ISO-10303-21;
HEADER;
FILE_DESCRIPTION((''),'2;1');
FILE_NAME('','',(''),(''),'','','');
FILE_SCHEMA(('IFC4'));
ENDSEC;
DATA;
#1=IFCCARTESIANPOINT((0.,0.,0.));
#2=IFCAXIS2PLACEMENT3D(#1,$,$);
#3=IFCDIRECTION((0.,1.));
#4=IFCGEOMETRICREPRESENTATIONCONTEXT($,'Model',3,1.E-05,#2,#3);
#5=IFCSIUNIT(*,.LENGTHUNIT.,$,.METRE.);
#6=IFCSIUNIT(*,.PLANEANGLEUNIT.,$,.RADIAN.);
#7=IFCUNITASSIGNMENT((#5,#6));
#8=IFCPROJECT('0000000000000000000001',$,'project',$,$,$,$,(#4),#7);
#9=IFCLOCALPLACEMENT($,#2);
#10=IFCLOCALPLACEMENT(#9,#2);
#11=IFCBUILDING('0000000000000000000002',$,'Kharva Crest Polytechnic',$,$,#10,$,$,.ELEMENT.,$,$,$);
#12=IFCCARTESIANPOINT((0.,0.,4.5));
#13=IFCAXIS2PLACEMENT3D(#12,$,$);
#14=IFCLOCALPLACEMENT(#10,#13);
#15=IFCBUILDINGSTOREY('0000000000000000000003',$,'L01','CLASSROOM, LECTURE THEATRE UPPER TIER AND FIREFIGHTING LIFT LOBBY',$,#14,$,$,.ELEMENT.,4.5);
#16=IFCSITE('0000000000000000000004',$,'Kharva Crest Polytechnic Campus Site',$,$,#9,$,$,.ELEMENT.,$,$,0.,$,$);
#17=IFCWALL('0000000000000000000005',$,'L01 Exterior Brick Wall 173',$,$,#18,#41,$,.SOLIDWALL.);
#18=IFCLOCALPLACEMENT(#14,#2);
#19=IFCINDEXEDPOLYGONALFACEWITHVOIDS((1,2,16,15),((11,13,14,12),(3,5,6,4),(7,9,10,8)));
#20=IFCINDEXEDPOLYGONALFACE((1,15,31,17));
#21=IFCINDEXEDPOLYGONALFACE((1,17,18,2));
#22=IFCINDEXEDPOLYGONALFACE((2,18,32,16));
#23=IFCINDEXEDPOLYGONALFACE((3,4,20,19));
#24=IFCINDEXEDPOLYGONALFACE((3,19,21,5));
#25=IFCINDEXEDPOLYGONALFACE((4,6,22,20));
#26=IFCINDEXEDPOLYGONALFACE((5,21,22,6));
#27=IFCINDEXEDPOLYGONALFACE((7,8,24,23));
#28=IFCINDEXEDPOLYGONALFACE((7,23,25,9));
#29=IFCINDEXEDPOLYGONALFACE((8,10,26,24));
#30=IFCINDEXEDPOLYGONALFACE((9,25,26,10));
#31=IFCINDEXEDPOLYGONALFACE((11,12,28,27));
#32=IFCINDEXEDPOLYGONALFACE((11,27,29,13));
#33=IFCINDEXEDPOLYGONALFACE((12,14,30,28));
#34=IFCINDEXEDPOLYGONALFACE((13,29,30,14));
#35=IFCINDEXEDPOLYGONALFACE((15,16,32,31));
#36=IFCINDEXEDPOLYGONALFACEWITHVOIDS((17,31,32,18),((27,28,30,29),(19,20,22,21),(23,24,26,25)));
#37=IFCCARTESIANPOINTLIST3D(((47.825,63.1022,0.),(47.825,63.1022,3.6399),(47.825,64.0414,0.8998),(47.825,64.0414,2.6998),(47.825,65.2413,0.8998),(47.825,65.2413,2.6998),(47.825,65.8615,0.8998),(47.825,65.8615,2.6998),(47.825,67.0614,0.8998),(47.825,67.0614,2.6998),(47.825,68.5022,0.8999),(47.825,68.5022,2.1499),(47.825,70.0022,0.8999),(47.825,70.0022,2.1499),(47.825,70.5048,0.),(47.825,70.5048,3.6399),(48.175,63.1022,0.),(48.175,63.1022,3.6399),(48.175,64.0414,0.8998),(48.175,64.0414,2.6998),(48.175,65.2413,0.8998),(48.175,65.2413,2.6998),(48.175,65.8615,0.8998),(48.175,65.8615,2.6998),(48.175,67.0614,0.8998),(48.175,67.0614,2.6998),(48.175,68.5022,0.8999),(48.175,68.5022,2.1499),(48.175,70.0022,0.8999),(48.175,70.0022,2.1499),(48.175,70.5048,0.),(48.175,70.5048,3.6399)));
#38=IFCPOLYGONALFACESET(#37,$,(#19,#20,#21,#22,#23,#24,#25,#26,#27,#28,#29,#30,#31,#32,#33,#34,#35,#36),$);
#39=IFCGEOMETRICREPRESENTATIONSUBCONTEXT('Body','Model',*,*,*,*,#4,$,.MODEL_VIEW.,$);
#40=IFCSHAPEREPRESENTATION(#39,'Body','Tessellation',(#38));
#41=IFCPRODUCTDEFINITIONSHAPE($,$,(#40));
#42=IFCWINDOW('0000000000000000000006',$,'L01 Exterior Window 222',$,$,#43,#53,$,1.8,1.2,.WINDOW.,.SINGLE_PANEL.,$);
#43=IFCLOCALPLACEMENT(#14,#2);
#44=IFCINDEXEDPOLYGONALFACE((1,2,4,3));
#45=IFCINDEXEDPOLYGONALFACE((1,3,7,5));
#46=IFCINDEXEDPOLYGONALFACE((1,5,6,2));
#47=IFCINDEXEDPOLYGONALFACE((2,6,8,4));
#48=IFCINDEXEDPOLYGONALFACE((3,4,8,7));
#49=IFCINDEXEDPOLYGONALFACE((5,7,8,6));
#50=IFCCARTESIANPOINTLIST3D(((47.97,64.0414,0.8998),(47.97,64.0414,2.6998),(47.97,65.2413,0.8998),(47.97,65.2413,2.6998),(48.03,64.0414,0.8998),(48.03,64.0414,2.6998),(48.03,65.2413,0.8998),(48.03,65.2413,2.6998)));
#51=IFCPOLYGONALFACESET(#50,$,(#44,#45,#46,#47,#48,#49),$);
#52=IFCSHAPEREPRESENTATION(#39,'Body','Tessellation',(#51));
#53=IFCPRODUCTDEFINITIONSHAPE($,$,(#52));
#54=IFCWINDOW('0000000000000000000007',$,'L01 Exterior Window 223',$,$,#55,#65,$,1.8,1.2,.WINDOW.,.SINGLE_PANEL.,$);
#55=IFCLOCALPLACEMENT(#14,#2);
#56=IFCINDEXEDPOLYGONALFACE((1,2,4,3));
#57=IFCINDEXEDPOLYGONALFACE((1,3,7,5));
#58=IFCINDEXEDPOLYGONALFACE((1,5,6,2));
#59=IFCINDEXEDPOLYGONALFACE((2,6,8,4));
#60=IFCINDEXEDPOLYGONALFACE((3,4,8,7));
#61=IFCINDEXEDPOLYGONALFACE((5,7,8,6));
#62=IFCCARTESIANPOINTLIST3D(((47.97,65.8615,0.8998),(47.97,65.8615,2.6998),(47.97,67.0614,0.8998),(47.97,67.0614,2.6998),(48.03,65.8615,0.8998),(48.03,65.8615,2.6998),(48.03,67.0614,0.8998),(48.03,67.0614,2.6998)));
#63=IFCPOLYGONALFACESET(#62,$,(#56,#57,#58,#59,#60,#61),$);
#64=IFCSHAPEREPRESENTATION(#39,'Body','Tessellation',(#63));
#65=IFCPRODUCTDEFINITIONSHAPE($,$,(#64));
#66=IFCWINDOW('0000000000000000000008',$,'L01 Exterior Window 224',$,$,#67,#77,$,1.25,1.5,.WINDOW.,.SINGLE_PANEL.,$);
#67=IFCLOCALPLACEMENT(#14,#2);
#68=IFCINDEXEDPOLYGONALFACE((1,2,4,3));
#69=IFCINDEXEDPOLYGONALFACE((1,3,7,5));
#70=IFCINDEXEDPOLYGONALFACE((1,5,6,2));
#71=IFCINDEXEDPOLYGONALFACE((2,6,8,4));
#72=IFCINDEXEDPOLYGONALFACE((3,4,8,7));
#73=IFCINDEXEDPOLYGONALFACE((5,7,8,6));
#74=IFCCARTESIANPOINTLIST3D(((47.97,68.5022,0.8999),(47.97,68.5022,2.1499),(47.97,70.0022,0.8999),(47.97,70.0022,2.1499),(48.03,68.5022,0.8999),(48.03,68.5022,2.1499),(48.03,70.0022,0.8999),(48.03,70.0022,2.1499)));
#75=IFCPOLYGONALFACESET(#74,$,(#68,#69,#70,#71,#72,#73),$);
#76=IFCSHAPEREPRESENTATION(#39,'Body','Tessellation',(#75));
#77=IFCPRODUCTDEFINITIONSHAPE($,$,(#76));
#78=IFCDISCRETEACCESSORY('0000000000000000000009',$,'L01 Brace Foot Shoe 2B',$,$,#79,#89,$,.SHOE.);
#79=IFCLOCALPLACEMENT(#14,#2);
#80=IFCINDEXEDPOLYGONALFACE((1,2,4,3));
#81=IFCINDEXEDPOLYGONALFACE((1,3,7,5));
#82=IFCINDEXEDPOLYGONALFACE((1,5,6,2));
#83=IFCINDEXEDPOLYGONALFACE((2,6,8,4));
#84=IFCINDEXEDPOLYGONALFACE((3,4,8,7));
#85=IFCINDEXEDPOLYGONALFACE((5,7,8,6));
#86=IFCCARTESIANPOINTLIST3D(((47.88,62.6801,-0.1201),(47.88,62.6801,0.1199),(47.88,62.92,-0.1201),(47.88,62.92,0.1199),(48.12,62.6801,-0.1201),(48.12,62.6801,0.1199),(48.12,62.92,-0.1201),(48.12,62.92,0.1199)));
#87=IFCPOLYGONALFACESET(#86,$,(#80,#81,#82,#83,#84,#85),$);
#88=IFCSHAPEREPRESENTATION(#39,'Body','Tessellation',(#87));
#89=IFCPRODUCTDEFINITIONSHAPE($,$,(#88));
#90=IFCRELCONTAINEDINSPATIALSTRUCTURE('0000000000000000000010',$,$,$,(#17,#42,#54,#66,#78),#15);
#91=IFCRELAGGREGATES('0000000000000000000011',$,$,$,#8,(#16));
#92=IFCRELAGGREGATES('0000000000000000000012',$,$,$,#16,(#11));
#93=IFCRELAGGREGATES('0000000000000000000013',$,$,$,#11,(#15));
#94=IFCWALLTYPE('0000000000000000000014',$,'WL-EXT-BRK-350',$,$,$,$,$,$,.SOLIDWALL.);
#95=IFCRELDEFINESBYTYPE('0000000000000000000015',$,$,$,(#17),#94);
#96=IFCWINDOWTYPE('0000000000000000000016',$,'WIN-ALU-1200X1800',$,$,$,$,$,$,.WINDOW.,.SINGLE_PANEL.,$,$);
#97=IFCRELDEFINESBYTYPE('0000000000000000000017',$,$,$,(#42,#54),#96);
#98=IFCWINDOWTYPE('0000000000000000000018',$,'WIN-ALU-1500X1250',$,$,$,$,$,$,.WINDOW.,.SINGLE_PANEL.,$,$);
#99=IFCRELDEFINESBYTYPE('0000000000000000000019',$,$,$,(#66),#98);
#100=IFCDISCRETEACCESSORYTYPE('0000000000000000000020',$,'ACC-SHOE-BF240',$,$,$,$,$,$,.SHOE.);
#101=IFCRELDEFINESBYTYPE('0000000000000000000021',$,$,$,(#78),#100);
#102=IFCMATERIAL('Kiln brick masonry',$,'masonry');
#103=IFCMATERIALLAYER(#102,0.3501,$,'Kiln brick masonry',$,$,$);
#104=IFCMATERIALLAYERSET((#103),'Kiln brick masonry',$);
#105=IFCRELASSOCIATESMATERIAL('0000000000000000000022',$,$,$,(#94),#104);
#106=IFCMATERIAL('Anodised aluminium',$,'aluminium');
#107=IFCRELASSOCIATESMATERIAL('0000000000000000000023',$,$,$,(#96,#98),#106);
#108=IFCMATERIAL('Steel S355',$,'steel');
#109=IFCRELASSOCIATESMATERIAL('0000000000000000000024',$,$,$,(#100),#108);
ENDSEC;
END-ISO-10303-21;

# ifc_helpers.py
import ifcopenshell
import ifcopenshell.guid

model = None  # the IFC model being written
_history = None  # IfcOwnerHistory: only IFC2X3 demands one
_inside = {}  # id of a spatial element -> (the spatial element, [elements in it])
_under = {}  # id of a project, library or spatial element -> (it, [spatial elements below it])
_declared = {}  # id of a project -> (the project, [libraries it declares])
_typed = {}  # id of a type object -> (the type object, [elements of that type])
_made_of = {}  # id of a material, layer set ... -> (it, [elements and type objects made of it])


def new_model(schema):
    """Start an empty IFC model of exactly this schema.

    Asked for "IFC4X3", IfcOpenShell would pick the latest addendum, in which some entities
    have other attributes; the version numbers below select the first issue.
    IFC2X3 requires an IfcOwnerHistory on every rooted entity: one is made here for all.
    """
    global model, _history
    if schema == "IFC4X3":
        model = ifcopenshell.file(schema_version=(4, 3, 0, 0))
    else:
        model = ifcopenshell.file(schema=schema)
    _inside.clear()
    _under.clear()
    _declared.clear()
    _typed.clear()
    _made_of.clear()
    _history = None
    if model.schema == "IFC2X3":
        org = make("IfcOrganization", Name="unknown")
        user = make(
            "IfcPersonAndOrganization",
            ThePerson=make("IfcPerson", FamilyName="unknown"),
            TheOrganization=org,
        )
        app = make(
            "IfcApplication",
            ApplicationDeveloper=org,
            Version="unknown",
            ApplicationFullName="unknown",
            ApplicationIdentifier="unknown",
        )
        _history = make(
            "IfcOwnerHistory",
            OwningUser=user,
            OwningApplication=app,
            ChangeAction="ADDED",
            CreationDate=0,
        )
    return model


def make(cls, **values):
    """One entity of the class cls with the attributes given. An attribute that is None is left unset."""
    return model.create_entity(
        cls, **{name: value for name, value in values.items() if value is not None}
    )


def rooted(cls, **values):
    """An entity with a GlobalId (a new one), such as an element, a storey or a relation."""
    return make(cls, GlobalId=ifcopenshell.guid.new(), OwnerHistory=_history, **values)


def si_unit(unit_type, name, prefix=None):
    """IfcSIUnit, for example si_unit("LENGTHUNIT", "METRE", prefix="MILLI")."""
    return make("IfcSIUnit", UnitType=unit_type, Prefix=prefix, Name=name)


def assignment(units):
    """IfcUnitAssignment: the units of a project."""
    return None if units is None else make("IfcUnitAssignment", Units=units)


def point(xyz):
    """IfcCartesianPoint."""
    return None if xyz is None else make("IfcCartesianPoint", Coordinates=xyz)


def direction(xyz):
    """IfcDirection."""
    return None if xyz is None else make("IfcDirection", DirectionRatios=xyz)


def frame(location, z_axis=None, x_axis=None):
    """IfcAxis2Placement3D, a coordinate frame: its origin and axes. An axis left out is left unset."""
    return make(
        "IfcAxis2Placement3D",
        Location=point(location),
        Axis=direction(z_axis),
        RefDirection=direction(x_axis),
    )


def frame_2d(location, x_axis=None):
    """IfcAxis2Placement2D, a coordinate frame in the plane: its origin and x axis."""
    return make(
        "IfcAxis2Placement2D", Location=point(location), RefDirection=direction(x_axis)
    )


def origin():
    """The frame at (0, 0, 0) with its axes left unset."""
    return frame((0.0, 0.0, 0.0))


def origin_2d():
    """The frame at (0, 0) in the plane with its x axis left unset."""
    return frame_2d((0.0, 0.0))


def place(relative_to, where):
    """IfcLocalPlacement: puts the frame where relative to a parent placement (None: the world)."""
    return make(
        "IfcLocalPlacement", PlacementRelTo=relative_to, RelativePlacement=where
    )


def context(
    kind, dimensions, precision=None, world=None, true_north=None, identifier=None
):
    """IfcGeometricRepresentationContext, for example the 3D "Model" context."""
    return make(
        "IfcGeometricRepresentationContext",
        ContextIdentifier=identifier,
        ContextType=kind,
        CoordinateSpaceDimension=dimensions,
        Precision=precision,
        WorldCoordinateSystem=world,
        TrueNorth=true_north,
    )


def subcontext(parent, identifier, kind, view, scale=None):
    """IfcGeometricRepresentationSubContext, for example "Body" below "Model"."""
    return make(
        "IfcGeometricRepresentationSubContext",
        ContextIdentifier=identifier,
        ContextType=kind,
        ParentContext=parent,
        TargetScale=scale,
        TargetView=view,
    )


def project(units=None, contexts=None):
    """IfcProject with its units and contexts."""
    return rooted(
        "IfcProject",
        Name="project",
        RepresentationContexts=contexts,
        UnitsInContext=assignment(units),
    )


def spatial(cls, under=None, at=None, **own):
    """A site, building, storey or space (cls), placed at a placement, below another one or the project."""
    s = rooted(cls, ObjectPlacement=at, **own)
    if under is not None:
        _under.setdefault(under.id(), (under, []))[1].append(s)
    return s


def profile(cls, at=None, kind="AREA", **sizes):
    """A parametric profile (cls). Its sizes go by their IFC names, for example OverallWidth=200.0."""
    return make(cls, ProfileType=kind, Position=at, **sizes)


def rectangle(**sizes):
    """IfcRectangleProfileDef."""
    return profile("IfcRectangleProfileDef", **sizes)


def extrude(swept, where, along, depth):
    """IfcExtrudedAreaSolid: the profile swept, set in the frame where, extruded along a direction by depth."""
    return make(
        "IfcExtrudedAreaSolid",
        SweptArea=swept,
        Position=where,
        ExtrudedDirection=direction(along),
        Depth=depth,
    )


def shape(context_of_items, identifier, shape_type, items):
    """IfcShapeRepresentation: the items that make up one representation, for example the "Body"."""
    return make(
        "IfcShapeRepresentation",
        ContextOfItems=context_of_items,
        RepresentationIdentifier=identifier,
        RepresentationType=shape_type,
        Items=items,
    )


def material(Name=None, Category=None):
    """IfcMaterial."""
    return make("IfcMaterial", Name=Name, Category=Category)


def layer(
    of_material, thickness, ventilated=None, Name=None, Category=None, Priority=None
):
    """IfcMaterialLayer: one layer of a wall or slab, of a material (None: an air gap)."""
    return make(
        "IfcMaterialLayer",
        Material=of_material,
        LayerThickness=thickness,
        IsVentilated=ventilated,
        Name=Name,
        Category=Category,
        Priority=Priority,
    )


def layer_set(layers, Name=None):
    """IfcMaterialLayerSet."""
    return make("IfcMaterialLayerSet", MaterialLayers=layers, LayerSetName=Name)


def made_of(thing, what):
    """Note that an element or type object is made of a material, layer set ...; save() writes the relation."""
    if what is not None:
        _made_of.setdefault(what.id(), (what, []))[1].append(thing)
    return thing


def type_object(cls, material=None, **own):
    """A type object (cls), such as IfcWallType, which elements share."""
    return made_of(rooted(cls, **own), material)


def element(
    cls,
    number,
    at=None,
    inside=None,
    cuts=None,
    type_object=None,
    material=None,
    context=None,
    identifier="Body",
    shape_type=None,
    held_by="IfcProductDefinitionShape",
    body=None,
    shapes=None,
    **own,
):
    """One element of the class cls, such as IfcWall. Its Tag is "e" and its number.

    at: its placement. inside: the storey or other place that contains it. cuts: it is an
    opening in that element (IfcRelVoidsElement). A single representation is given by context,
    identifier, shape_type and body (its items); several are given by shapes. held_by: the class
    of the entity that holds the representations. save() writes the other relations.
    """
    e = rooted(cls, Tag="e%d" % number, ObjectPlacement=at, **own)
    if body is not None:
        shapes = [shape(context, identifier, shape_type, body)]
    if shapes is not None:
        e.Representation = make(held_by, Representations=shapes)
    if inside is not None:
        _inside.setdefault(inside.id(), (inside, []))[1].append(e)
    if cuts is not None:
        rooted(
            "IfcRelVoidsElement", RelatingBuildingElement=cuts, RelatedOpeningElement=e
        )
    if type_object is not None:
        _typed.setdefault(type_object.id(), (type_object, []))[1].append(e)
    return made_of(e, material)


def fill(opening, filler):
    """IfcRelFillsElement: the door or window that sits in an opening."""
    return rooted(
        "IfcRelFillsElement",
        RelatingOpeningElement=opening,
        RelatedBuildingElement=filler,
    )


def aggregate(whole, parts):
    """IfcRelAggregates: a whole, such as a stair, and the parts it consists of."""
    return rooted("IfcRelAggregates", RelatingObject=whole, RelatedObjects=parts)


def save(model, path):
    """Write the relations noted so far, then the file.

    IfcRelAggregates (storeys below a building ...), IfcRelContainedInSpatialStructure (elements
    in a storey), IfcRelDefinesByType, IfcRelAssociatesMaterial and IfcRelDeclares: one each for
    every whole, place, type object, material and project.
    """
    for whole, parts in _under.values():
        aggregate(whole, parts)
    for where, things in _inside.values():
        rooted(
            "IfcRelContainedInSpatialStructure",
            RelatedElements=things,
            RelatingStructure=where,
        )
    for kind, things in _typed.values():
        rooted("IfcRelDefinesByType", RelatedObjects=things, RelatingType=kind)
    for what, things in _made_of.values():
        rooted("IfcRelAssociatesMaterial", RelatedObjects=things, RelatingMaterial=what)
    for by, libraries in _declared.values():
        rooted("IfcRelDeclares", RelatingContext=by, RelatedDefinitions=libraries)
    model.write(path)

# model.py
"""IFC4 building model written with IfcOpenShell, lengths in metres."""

from ifc_helpers import new_model, si_unit, direction, frame, frame_2d, origin, origin_2d, place, context, subcontext, project, spatial, rectangle, extrude, material, layer, layer_set, type_object, element, fill, save


model = new_model("IFC4")

# Units and contexts
model_context = context("Model", 3, precision=1e-05, world=origin(), true_north=direction((0.0, 1.0)))
body_context = subcontext(model_context, "Body", "Model", "MODEL_VIEW")
ifc_project = project(units=[si_unit("LENGTHUNIT", "METRE"), si_unit("PLANEANGLEUNIT", "RADIAN")], contexts=[model_context])

# Site, building, storey
site_placement = place(None, origin())
site = spatial("IfcSite", under=ifc_project, at=site_placement, Name="Kharva Crest Polytechnic Campus Site", CompositionType="ELEMENT", RefElevation=0.0)
building_placement = place(site_placement, origin())
building = spatial("IfcBuilding", under=site, at=building_placement, Name="Kharva Crest Polytechnic", CompositionType="ELEMENT")
storey_placement = place(building_placement, frame((0.0, 0.0, 4.5)))
storey = spatial("IfcBuildingStorey", under=building, at=storey_placement, Name="L01", Description="CLASSROOM, LECTURE THEATRE UPPER TIER AND FIREFIGHTING LIFT LOBBY", CompositionType="ELEMENT", Elevation=4.5)

# Shared definitions
ifc_material_1 = material(Name="Steel S355", Category="steel")

# Wall, openings, windows
ifc_material_2 = material(Name="Kiln brick masonry", Category="masonry")
ifc_material_3 = material(Name="Anodised aluminium", Category="aluminium")
ifc_layer_1 = layer(ifc_material_2, 0.3501, Name="Kiln brick masonry")
ifc_layer_set_1 = layer_set([ifc_layer_1], Name="Kiln brick masonry")
wall_type_1 = type_object("IfcWallType", Name="WL-EXT-BRK-350", PredefinedType="SOLIDWALL", material=ifc_layer_set_1)
wall_1_placement = place(storey_placement, frame((48.0, 63.1023, 0.0), z_axis=(0.0, 0.0, 1.0), x_axis=(0.0, 1.0, 0.0)))
wall_1 = element("IfcWall", 1, at=wall_1_placement, inside=storey, type_object=wall_type_1, Name="L01 Exterior Brick Wall 173", PredefinedType="SOLIDWALL", context=body_context, shape_type="SweptSolid", body=[
    extrude(rectangle(XDim=7.4026, YDim=0.3501, at=frame_2d((3.7012, 0.0))), origin(), (0.0, 0.0, 1.0), 3.6399),
])
opening_1_placement = place(wall_1_placement, frame((0.939, 0.0, 0.8999)))
opening_1 = element("IfcOpeningElement", 2, at=opening_1_placement, cuts=wall_1, PredefinedType="OPENING", context=body_context, shape_type="SweptSolid", body=[
    extrude(rectangle(XDim=1.2, YDim=1.8, at=frame_2d((0.6001, 0.8999))), frame((0.0, 0.1851, 0.0), z_axis=(0.0, -1.0, 0.0), x_axis=(1.0, 0.0, 0.0)), (0.0, 0.0, 1.0), 0.3701),
])
opening_2_placement = place(wall_1_placement, frame((2.759, 0.0, 0.8999)))
opening_2 = element("IfcOpeningElement", 3, at=opening_2_placement, cuts=wall_1, PredefinedType="OPENING", context=body_context, shape_type="SweptSolid", body=[
    extrude(rectangle(XDim=1.2, YDim=1.8, at=frame_2d((0.6001, 0.8999))), frame((0.0, 0.1851, 0.0), z_axis=(0.0, -1.0, 0.0), x_axis=(1.0, 0.0, 0.0)), (0.0, 0.0, 1.0), 0.3701),
])
opening_3_placement = place(wall_1_placement, frame((5.3999, 0.0, 0.8999)))
opening_3 = element("IfcOpeningElement", 4, at=opening_3_placement, cuts=wall_1, PredefinedType="OPENING", context=body_context, shape_type="SweptSolid", body=[
    extrude(rectangle(XDim=1.5, YDim=1.25, at=frame_2d((0.75, 0.625))), frame((0.0, 0.1851, 0.0), z_axis=(0.0, -1.0, 0.0), x_axis=(1.0, 0.0, 0.0)), (0.0, 0.0, 1.0), 0.3701),
])
window_type_1 = type_object("IfcWindowType", Name="WIN-ALU-1200X1800", PartitioningType="SINGLE_PANEL", PredefinedType="WINDOW", material=ifc_material_3)
window_1_placement = place(opening_1_placement, origin())
window_1 = element("IfcWindow", 5, at=window_1_placement, inside=storey, type_object=window_type_1, Name="L01 Exterior Window 222", OverallHeight=1.8, OverallWidth=1.2, PartitioningType="SINGLE_PANEL", PredefinedType="WINDOW", context=body_context, shape_type="SweptSolid", body=[
    extrude(rectangle(XDim=1.2, YDim=1.8, at=frame_2d((0.6001, 0.8999))), frame((0.0, 0.03, 0.0), z_axis=(0.0, -1.0, 0.0), x_axis=(1.0, 0.0, 0.0)), (0.0, 0.0, 1.0), 0.0601),
])
fill(opening_1, window_1)
window_2_placement = place(opening_2_placement, origin())
window_2 = element("IfcWindow", 6, at=window_2_placement, inside=storey, type_object=window_type_1, Name="L01 Exterior Window 223", OverallHeight=1.8, OverallWidth=1.2, PartitioningType="SINGLE_PANEL", PredefinedType="WINDOW", context=body_context, shape_type="SweptSolid", body=[
    extrude(rectangle(XDim=1.2, YDim=1.8, at=frame_2d((0.6001, 0.8999))), frame((0.0, 0.03, 0.0), z_axis=(0.0, -1.0, 0.0), x_axis=(1.0, 0.0, 0.0)), (0.0, 0.0, 1.0), 0.0601),
])
fill(opening_2, window_2)
window_type_2 = type_object("IfcWindowType", Name="WIN-ALU-1500X1250", PartitioningType="SINGLE_PANEL", PredefinedType="WINDOW", material=ifc_material_3)
window_3_placement = place(opening_3_placement, origin())
window_3 = element("IfcWindow", 7, at=window_3_placement, inside=storey, type_object=window_type_2, Name="L01 Exterior Window 224", OverallHeight=1.25, OverallWidth=1.5, PartitioningType="SINGLE_PANEL", PredefinedType="WINDOW", context=body_context, shape_type="SweptSolid", body=[
    extrude(rectangle(XDim=1.5, YDim=1.25, at=frame_2d((0.75, 0.625))), frame((0.0, 0.03, 0.0), z_axis=(0.0, -1.0, 0.0), x_axis=(1.0, 0.0, 0.0)), (0.0, 0.0, 1.0), 0.0601),
])
fill(opening_3, window_3)

# Discrete accessory
discrete_accessory_type = type_object("IfcDiscreteAccessoryType", Name="ACC-SHOE-BF240", PredefinedType="SHOE", material=ifc_material_1)
discrete_accessory_placement = place(storey_placement, frame((48.0, 62.8, -0.1201), z_axis=(0.0, 0.0, 1.0), x_axis=(1.0, 0.0, 0.0)))
element("IfcDiscreteAccessory", 8, at=discrete_accessory_placement, inside=storey, type_object=discrete_accessory_type, Name="L01 Brace Foot Shoe 2B", PredefinedType="SHOE", context=body_context, shape_type="SweptSolid", body=[
    extrude(rectangle(XDim=0.24, YDim=0.24, at=origin_2d()), origin(), (0.0, 0.0, 1.0), 0.24),
])

save(model, "model.ifc")
